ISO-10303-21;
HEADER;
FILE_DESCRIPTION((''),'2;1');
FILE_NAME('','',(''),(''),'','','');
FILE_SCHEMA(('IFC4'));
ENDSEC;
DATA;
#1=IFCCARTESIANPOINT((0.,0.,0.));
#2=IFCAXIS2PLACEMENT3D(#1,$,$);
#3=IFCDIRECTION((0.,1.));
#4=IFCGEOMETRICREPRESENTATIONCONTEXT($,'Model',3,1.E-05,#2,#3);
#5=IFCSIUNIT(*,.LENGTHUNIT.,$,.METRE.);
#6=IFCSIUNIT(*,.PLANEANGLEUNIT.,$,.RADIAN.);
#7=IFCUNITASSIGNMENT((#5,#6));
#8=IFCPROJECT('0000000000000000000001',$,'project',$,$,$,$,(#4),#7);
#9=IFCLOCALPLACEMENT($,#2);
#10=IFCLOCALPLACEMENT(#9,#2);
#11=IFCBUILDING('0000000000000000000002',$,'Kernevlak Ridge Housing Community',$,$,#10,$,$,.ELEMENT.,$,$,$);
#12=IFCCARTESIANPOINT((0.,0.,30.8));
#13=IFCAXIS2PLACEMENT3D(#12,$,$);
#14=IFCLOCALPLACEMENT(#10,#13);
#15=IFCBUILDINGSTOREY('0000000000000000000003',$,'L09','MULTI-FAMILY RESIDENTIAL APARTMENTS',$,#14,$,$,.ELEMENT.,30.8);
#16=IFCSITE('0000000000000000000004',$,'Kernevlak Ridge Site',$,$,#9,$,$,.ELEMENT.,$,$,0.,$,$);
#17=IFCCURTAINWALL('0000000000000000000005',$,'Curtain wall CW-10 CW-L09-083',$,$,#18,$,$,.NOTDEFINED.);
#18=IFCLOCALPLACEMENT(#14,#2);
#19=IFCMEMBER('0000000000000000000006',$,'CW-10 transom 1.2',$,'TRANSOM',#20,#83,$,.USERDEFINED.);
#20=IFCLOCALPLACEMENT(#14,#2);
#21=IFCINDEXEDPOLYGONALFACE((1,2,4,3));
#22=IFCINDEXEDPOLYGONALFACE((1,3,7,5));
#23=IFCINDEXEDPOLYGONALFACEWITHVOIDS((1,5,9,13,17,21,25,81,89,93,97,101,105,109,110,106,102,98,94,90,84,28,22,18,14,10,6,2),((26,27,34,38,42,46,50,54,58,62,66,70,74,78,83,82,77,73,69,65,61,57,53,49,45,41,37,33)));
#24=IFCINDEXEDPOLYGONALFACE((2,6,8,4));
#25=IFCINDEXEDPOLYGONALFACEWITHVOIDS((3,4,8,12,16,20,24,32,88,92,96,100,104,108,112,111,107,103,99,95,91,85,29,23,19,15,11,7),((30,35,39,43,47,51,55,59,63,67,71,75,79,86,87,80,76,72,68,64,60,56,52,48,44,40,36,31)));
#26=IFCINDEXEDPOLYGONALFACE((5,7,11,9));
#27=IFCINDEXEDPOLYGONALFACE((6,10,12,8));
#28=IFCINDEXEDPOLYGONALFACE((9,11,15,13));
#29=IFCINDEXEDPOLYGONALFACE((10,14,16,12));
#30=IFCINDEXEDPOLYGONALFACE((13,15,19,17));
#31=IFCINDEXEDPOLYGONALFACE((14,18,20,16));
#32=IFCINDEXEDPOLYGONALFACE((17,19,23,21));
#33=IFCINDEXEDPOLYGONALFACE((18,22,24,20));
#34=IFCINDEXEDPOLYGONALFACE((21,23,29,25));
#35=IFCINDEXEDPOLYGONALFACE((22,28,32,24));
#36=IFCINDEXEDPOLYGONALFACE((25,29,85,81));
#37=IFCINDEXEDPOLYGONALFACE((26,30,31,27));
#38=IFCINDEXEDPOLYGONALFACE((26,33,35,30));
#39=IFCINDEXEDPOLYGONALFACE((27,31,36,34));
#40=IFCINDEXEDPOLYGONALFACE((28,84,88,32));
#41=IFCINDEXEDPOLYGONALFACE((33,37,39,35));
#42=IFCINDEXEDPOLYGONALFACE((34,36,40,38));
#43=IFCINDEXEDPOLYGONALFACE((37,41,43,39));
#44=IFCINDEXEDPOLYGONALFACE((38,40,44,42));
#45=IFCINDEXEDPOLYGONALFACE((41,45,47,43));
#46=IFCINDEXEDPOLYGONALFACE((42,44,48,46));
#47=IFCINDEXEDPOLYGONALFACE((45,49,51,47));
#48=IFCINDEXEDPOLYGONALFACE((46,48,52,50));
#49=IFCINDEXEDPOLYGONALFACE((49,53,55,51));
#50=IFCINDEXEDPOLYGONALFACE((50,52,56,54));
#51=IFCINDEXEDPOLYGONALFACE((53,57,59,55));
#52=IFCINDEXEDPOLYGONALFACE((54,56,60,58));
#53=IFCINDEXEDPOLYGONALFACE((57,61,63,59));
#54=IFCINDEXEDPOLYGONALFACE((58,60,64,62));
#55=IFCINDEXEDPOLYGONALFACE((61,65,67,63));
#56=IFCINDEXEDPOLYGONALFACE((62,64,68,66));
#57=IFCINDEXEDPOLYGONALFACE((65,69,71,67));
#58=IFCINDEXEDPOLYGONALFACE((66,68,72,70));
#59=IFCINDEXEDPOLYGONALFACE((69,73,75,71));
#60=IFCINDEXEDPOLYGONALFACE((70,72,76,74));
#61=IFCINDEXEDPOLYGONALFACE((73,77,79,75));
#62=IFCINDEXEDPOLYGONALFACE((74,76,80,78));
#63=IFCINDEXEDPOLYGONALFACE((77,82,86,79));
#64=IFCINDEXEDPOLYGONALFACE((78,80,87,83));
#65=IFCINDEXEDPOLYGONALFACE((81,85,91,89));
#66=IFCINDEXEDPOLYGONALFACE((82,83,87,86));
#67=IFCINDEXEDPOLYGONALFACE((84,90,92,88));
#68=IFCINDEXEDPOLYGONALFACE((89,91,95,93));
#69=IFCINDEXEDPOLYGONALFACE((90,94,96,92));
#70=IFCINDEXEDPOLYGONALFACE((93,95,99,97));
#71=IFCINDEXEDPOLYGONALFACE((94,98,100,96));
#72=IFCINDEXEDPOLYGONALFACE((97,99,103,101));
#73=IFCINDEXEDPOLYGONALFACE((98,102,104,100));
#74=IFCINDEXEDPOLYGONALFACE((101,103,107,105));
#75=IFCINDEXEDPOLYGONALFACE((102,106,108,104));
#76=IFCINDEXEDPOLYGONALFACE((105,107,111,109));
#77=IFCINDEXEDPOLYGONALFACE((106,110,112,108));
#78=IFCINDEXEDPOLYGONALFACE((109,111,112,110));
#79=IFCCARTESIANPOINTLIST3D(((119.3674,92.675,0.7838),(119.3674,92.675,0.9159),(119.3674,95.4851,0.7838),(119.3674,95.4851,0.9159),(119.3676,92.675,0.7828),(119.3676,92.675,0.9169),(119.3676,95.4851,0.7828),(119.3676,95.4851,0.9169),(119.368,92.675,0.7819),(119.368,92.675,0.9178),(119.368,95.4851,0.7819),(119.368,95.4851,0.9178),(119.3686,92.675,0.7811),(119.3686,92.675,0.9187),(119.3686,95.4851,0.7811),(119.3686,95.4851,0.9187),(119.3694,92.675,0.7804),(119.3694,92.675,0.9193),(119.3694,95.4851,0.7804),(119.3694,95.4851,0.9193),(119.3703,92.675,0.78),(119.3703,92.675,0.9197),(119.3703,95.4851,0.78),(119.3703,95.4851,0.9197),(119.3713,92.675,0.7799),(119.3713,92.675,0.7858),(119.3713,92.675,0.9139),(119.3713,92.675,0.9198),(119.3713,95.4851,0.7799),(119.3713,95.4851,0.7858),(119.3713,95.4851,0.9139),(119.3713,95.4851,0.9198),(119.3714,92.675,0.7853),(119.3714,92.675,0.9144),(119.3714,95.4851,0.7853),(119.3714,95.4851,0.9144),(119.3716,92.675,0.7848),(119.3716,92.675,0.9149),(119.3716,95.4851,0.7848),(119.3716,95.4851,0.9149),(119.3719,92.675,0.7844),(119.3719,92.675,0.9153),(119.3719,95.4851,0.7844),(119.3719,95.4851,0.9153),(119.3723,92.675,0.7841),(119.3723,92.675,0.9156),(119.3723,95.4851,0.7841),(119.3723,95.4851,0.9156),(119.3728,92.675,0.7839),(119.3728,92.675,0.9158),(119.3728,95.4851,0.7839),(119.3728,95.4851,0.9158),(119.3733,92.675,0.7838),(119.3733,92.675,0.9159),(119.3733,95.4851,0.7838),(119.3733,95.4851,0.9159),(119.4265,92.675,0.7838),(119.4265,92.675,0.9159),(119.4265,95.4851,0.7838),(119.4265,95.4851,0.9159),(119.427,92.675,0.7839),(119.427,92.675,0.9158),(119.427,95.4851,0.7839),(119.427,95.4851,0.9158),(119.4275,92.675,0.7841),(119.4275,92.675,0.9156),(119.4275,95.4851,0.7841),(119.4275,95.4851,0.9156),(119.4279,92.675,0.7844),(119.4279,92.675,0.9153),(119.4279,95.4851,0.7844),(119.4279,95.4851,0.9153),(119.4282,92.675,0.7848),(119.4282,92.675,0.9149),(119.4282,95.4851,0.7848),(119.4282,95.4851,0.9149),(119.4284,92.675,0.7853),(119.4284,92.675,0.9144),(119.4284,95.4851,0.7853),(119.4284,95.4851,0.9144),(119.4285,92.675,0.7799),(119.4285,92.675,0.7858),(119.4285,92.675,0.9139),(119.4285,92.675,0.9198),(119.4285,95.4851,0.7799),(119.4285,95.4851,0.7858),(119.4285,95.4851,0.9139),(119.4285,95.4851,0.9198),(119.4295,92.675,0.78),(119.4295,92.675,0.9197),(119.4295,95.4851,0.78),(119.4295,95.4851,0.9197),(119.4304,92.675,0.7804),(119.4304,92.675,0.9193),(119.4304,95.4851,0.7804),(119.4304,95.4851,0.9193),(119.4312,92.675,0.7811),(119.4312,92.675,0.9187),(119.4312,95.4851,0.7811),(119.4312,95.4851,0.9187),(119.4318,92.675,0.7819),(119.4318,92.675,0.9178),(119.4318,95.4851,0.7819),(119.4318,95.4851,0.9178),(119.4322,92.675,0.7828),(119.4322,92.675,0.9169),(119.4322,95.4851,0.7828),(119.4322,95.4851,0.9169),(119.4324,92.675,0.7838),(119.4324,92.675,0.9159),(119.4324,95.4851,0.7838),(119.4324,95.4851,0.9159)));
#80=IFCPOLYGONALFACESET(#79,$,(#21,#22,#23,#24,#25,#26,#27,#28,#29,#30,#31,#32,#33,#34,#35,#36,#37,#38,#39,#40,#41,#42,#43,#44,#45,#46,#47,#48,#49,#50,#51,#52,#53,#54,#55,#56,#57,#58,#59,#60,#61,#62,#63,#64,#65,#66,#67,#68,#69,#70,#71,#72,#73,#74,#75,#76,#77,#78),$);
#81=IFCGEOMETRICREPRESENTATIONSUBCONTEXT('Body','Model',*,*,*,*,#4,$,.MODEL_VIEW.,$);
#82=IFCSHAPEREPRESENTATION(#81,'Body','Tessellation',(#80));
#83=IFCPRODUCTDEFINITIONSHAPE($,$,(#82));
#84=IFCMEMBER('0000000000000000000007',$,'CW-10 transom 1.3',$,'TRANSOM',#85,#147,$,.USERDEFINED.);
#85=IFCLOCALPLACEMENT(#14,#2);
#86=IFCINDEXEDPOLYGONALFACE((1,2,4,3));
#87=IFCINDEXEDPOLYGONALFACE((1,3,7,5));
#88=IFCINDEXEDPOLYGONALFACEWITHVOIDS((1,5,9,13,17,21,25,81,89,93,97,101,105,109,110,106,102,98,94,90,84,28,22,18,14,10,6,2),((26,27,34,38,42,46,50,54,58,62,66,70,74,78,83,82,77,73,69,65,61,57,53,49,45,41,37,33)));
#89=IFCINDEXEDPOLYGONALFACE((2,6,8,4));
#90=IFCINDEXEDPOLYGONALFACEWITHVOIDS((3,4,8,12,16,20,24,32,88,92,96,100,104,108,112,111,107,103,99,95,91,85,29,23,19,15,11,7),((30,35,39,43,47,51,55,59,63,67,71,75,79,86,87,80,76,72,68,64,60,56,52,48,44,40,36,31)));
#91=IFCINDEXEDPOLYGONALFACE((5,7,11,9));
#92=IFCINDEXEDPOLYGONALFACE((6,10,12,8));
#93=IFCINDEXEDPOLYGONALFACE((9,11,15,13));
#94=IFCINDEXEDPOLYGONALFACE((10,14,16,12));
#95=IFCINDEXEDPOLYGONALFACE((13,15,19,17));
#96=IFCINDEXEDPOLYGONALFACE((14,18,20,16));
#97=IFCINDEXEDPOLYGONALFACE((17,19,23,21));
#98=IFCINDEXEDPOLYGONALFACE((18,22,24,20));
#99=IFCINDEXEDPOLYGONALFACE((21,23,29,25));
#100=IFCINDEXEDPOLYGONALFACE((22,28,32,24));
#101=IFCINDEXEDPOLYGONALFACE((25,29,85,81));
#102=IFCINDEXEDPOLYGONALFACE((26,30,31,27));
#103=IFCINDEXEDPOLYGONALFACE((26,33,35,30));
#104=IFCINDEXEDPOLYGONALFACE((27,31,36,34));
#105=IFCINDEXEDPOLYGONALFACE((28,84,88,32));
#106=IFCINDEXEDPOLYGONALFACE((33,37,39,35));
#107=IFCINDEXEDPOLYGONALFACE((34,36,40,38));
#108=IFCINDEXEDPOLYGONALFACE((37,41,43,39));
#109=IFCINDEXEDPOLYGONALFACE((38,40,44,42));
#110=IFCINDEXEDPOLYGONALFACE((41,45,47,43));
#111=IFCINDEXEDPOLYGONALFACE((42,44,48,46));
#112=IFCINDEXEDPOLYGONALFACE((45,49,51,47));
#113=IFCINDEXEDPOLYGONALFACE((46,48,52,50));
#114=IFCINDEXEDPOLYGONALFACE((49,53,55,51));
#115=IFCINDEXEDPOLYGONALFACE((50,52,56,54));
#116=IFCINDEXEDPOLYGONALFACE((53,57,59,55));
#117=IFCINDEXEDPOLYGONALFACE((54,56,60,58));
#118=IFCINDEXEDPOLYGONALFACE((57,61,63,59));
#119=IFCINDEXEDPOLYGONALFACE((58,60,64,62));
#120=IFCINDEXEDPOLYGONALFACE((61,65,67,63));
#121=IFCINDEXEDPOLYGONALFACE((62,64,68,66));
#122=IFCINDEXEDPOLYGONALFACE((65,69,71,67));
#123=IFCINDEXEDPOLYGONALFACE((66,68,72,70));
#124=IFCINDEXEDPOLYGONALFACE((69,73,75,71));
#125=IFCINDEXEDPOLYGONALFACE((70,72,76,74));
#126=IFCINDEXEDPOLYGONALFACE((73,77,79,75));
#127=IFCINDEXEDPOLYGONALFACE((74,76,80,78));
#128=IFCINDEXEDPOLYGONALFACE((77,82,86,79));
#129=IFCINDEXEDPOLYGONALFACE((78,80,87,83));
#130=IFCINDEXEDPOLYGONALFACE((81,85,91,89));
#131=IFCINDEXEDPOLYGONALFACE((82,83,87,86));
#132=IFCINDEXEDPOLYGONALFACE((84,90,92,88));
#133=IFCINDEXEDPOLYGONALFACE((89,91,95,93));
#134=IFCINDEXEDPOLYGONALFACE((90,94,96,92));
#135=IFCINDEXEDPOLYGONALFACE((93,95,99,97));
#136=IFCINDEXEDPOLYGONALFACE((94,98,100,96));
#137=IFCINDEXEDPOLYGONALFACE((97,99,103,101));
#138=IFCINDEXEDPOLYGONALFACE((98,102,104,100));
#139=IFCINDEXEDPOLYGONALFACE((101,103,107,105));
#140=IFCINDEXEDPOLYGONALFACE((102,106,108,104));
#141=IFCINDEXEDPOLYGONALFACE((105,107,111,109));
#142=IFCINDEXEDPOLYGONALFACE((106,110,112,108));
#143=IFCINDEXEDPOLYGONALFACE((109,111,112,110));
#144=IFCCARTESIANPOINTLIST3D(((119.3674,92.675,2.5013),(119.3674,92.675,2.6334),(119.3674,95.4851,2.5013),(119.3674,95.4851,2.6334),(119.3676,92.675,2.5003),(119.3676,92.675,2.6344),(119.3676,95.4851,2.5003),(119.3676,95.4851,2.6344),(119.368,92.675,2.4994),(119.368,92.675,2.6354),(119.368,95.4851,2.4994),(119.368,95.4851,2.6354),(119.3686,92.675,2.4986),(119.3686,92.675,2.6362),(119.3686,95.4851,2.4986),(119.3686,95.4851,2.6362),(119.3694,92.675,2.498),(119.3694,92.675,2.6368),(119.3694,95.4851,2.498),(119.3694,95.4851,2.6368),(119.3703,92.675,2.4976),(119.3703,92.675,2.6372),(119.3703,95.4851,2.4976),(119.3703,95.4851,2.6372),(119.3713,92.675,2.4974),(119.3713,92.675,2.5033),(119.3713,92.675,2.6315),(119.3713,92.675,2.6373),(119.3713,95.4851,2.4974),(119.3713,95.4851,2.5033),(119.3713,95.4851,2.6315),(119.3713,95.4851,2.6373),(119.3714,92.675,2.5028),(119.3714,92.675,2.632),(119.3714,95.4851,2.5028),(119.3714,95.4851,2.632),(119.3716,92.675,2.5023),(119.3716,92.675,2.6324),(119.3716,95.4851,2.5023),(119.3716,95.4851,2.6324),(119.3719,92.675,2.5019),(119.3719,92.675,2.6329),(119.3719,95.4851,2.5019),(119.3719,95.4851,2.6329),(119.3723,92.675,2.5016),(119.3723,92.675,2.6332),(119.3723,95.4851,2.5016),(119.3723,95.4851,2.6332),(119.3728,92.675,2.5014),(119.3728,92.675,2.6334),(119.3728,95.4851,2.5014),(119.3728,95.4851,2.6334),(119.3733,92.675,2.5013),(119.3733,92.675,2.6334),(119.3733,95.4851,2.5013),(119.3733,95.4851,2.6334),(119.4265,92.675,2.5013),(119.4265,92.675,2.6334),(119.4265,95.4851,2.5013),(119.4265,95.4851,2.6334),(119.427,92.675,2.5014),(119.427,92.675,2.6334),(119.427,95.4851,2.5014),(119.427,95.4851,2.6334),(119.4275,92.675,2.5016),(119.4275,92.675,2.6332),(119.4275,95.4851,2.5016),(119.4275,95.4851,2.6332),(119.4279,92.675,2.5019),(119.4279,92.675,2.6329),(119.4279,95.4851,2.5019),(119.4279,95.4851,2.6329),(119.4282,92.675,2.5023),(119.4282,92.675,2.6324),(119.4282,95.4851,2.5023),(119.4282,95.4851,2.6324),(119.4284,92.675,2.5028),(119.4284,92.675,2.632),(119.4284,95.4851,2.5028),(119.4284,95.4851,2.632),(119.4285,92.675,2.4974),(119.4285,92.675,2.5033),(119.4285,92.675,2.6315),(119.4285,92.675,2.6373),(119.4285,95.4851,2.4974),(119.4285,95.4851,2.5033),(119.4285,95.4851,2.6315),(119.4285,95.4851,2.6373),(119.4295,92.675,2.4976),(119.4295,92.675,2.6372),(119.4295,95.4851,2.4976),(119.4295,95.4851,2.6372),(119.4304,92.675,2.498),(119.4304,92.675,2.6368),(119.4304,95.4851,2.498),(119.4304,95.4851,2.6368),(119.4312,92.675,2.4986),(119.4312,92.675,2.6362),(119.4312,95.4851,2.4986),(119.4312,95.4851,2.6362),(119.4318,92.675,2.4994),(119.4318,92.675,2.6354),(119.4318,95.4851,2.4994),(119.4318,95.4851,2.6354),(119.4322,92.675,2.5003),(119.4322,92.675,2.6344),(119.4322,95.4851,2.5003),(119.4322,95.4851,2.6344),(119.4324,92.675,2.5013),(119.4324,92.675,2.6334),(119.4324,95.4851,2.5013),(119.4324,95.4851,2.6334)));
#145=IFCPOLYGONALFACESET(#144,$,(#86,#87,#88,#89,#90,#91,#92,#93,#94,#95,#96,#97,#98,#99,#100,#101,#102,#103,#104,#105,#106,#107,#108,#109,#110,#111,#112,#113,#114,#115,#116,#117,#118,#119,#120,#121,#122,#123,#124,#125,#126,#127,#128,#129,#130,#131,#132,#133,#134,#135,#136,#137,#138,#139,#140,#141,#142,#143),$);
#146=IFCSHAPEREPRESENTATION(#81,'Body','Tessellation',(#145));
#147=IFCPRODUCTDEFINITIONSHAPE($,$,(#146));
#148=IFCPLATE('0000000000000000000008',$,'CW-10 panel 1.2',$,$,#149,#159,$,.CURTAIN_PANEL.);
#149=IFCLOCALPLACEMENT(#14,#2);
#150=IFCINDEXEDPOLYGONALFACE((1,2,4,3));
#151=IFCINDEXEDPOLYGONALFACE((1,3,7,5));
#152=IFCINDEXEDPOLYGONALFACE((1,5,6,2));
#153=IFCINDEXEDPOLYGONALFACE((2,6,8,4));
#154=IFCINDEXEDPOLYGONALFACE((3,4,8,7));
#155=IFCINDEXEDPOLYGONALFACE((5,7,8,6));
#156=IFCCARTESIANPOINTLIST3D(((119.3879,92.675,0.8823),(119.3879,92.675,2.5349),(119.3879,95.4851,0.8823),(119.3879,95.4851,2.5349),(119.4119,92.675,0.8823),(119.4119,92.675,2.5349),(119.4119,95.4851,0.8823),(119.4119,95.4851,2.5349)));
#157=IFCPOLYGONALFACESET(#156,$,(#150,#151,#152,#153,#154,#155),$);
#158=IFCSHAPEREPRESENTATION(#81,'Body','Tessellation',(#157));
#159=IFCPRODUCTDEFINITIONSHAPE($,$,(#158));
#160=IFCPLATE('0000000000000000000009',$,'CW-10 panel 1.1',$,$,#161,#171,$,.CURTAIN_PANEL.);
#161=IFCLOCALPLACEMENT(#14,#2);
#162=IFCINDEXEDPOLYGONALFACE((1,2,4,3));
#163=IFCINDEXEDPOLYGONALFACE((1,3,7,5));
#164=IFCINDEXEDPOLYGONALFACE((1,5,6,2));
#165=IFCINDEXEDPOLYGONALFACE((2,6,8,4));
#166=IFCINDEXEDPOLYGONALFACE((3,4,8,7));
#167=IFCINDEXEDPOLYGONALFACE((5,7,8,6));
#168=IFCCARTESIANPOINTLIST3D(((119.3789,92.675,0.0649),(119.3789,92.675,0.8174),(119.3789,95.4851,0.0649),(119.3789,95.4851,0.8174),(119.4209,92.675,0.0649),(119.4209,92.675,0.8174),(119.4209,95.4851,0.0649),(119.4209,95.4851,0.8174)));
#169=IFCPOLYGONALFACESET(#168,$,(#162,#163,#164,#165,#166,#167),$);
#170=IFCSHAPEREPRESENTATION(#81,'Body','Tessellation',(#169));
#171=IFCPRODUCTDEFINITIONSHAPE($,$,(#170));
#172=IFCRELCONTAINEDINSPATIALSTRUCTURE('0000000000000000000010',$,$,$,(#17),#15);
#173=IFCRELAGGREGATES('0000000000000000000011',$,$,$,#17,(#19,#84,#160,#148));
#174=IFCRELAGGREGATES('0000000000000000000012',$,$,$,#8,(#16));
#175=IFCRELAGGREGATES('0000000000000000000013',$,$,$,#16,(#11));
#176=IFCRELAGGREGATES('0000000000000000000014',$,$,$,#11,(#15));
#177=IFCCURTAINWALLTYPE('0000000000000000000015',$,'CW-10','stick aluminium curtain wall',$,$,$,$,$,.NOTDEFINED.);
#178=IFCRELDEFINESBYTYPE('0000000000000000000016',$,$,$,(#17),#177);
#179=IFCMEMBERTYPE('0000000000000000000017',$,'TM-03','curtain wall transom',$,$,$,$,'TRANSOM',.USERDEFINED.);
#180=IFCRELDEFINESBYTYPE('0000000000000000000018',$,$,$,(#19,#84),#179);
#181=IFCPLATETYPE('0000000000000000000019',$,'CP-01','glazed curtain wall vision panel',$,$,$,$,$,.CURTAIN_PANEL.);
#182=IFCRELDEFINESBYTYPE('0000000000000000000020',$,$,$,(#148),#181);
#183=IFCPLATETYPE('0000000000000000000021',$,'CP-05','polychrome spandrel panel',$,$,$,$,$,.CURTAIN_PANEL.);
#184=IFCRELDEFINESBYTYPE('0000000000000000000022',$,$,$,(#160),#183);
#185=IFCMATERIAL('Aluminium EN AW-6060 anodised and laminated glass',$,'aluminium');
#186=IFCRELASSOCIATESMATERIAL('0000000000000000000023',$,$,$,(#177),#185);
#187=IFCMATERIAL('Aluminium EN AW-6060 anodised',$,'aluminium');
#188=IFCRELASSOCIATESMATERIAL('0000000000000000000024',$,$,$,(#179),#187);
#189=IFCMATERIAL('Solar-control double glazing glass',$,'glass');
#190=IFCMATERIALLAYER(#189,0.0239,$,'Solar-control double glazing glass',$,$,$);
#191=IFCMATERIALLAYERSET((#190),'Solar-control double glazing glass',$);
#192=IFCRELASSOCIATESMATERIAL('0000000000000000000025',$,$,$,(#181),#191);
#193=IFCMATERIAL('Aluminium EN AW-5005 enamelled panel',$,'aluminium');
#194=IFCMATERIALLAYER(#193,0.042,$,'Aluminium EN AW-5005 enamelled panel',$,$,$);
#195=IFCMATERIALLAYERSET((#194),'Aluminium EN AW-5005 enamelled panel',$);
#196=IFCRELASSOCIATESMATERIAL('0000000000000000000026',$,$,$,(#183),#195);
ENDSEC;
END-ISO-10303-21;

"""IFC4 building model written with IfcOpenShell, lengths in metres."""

from ifc_helpers import new_model, si_unit, direction, frame, origin, origin_2d, place, context, subcontext, project, spatial, rectangle, hollow_rectangle, extrude, material, layer, layer_set, material_profile, profile_set, type_object, element, aggregate, save


model = new_model("IFC4")

# Units and contexts
model_context = context("Model", 3, precision=1e-05, world=origin(), true_north=direction((0.0, 1.0)))
body_context = subcontext(model_context, "Body", "Model", "MODEL_VIEW")
ifc_project = project(units=[si_unit("LENGTHUNIT", "METRE"), si_unit("PLANEANGLEUNIT", "RADIAN")], contexts=[model_context])

# Site, building, storey
site_placement = place(None, origin())
site = spatial("IfcSite", under=ifc_project, at=site_placement, Name="Kernevlak Ridge Site", CompositionType="ELEMENT", RefElevation=0.0)
building_placement = place(site_placement, origin())
building = spatial("IfcBuilding", under=site, at=building_placement, Name="Kernevlak Ridge Housing Community", CompositionType="ELEMENT")
storey_placement = place(building_placement, frame((0.0, 0.0, 30.8)))
storey = spatial("IfcBuildingStorey", under=building, at=storey_placement, Name="L09", Description="MULTI-FAMILY RESIDENTIAL APARTMENTS", CompositionType="ELEMENT", Elevation=30.8)

# Curtain wall
ifc_material_1 = material(Name="Aluminium EN AW-6060 anodised and laminated glass", Category="aluminium")
curtain_wall_type = type_object("IfcCurtainWallType", Name="CW-10", Description="stick aluminium curtain wall", PredefinedType="NOTDEFINED", material=ifc_material_1)
curtain_wall_placement = place(storey_placement, origin())
curtain_wall = element("IfcCurtainWall", 1, at=curtain_wall_placement, inside=storey, type_object=curtain_wall_type, Name="Curtain wall CW-10 CW-L09-083", PredefinedType="NOTDEFINED")
ifc_material_2 = material(Name="Aluminium EN AW-6060 anodised", Category="aluminium")

# Members
ifc_material_profile_1 = material_profile(ifc_material_2, hollow_rectangle(XDim=0.0649, YDim=0.1399, WallThickness=0.0039, InnerFilletRadius=0.002, OuterFilletRadius=0.0039, at=origin_2d()), Name="ALU 65x140x4")
ifc_profile_set_1 = profile_set([ifc_material_profile_1], Name="Aluminium EN AW-6060 anodised")
member_type_1 = type_object("IfcMemberType", Name="TM-03", Description="curtain wall transom", ElementType="TRANSOM", PredefinedType="USERDEFINED", material=ifc_profile_set_1)
member_1_placement = place(storey_placement, frame((119.3999, 92.675, 0.8499), z_axis=(0.0, 1.0, 0.0), x_axis=(-1.0, 0.0, 0.0)))
member_1 = element("IfcMember", 2, at=member_1_placement, type_object=member_type_1, Name="CW-10 transom 1.2", ObjectType="TRANSOM", PredefinedType="USERDEFINED", context=body_context, shape_type="SweptSolid", body=[
    extrude(hollow_rectangle(XDim=0.0649, YDim=0.1399, WallThickness=0.0039, InnerFilletRadius=0.002, OuterFilletRadius=0.0039, at=origin_2d()), origin(), (0.0, 0.0, 1.0), 2.8101),
])
member_2_placement = place(storey_placement, frame((119.3999, 92.675, 2.5674), z_axis=(0.0, 1.0, 0.0), x_axis=(-1.0, 0.0, 0.0)))
member_2 = element("IfcMember", 3, at=member_2_placement, type_object=member_type_1, Name="CW-10 transom 1.3", ObjectType="TRANSOM", PredefinedType="USERDEFINED", context=body_context, shape_type="SweptSolid", body=[
    extrude(hollow_rectangle(XDim=0.0649, YDim=0.1399, WallThickness=0.0039, InnerFilletRadius=0.002, OuterFilletRadius=0.0039, at=origin_2d()), origin(), (0.0, 0.0, 1.0), 2.8101),
])

# Plates
ifc_material_3 = material(Name="Solar-control double glazing glass", Category="glass")
ifc_layer_1 = layer(ifc_material_3, 0.0239, Name="Solar-control double glazing glass")
ifc_layer_set_1 = layer_set([ifc_layer_1], Name="Solar-control double glazing glass")
plate_type_1 = type_object("IfcPlateType", Name="CP-01", Description="glazed curtain wall vision panel", PredefinedType="CURTAIN_PANEL", material=ifc_layer_set_1)
plate_1_placement = place(storey_placement, frame((119.3999, 94.0801, 0.8823), z_axis=(0.0, 0.0, 1.0), x_axis=(0.0, 1.0, 0.0)))
plate_1 = element("IfcPlate", 4, at=plate_1_placement, type_object=plate_type_1, Name="CW-10 panel 1.2", PredefinedType="CURTAIN_PANEL", context=body_context, shape_type="SweptSolid", body=[
    extrude(rectangle(XDim=2.8101, YDim=0.0239, at=origin_2d()), origin(), (0.0, 0.0, 1.0), 1.6526),
])
ifc_material_4 = material(Name="Aluminium EN AW-5005 enamelled panel", Category="aluminium")
ifc_layer_2 = layer(ifc_material_4, 0.042, Name="Aluminium EN AW-5005 enamelled panel")
ifc_layer_set_2 = layer_set([ifc_layer_2], Name="Aluminium EN AW-5005 enamelled panel")
plate_type_2 = type_object("IfcPlateType", Name="CP-05", Description="polychrome spandrel panel", PredefinedType="CURTAIN_PANEL", material=ifc_layer_set_2)
plate_2_placement = place(storey_placement, frame((119.3999, 94.0801, 0.0649), z_axis=(0.0, 0.0, 1.0), x_axis=(0.0, 1.0, 0.0)))
plate_2 = element("IfcPlate", 5, at=plate_2_placement, type_object=plate_type_2, Name="CW-10 panel 1.1", PredefinedType="CURTAIN_PANEL", context=body_context, shape_type="SweptSolid", body=[
    extrude(rectangle(XDim=2.8101, YDim=0.042, at=origin_2d()), origin(), (0.0, 0.0, 1.0), 0.7524),
])
aggregate(curtain_wall, [member_1, member_2, plate_2, plate_1])

save(model, "model.ifc")
